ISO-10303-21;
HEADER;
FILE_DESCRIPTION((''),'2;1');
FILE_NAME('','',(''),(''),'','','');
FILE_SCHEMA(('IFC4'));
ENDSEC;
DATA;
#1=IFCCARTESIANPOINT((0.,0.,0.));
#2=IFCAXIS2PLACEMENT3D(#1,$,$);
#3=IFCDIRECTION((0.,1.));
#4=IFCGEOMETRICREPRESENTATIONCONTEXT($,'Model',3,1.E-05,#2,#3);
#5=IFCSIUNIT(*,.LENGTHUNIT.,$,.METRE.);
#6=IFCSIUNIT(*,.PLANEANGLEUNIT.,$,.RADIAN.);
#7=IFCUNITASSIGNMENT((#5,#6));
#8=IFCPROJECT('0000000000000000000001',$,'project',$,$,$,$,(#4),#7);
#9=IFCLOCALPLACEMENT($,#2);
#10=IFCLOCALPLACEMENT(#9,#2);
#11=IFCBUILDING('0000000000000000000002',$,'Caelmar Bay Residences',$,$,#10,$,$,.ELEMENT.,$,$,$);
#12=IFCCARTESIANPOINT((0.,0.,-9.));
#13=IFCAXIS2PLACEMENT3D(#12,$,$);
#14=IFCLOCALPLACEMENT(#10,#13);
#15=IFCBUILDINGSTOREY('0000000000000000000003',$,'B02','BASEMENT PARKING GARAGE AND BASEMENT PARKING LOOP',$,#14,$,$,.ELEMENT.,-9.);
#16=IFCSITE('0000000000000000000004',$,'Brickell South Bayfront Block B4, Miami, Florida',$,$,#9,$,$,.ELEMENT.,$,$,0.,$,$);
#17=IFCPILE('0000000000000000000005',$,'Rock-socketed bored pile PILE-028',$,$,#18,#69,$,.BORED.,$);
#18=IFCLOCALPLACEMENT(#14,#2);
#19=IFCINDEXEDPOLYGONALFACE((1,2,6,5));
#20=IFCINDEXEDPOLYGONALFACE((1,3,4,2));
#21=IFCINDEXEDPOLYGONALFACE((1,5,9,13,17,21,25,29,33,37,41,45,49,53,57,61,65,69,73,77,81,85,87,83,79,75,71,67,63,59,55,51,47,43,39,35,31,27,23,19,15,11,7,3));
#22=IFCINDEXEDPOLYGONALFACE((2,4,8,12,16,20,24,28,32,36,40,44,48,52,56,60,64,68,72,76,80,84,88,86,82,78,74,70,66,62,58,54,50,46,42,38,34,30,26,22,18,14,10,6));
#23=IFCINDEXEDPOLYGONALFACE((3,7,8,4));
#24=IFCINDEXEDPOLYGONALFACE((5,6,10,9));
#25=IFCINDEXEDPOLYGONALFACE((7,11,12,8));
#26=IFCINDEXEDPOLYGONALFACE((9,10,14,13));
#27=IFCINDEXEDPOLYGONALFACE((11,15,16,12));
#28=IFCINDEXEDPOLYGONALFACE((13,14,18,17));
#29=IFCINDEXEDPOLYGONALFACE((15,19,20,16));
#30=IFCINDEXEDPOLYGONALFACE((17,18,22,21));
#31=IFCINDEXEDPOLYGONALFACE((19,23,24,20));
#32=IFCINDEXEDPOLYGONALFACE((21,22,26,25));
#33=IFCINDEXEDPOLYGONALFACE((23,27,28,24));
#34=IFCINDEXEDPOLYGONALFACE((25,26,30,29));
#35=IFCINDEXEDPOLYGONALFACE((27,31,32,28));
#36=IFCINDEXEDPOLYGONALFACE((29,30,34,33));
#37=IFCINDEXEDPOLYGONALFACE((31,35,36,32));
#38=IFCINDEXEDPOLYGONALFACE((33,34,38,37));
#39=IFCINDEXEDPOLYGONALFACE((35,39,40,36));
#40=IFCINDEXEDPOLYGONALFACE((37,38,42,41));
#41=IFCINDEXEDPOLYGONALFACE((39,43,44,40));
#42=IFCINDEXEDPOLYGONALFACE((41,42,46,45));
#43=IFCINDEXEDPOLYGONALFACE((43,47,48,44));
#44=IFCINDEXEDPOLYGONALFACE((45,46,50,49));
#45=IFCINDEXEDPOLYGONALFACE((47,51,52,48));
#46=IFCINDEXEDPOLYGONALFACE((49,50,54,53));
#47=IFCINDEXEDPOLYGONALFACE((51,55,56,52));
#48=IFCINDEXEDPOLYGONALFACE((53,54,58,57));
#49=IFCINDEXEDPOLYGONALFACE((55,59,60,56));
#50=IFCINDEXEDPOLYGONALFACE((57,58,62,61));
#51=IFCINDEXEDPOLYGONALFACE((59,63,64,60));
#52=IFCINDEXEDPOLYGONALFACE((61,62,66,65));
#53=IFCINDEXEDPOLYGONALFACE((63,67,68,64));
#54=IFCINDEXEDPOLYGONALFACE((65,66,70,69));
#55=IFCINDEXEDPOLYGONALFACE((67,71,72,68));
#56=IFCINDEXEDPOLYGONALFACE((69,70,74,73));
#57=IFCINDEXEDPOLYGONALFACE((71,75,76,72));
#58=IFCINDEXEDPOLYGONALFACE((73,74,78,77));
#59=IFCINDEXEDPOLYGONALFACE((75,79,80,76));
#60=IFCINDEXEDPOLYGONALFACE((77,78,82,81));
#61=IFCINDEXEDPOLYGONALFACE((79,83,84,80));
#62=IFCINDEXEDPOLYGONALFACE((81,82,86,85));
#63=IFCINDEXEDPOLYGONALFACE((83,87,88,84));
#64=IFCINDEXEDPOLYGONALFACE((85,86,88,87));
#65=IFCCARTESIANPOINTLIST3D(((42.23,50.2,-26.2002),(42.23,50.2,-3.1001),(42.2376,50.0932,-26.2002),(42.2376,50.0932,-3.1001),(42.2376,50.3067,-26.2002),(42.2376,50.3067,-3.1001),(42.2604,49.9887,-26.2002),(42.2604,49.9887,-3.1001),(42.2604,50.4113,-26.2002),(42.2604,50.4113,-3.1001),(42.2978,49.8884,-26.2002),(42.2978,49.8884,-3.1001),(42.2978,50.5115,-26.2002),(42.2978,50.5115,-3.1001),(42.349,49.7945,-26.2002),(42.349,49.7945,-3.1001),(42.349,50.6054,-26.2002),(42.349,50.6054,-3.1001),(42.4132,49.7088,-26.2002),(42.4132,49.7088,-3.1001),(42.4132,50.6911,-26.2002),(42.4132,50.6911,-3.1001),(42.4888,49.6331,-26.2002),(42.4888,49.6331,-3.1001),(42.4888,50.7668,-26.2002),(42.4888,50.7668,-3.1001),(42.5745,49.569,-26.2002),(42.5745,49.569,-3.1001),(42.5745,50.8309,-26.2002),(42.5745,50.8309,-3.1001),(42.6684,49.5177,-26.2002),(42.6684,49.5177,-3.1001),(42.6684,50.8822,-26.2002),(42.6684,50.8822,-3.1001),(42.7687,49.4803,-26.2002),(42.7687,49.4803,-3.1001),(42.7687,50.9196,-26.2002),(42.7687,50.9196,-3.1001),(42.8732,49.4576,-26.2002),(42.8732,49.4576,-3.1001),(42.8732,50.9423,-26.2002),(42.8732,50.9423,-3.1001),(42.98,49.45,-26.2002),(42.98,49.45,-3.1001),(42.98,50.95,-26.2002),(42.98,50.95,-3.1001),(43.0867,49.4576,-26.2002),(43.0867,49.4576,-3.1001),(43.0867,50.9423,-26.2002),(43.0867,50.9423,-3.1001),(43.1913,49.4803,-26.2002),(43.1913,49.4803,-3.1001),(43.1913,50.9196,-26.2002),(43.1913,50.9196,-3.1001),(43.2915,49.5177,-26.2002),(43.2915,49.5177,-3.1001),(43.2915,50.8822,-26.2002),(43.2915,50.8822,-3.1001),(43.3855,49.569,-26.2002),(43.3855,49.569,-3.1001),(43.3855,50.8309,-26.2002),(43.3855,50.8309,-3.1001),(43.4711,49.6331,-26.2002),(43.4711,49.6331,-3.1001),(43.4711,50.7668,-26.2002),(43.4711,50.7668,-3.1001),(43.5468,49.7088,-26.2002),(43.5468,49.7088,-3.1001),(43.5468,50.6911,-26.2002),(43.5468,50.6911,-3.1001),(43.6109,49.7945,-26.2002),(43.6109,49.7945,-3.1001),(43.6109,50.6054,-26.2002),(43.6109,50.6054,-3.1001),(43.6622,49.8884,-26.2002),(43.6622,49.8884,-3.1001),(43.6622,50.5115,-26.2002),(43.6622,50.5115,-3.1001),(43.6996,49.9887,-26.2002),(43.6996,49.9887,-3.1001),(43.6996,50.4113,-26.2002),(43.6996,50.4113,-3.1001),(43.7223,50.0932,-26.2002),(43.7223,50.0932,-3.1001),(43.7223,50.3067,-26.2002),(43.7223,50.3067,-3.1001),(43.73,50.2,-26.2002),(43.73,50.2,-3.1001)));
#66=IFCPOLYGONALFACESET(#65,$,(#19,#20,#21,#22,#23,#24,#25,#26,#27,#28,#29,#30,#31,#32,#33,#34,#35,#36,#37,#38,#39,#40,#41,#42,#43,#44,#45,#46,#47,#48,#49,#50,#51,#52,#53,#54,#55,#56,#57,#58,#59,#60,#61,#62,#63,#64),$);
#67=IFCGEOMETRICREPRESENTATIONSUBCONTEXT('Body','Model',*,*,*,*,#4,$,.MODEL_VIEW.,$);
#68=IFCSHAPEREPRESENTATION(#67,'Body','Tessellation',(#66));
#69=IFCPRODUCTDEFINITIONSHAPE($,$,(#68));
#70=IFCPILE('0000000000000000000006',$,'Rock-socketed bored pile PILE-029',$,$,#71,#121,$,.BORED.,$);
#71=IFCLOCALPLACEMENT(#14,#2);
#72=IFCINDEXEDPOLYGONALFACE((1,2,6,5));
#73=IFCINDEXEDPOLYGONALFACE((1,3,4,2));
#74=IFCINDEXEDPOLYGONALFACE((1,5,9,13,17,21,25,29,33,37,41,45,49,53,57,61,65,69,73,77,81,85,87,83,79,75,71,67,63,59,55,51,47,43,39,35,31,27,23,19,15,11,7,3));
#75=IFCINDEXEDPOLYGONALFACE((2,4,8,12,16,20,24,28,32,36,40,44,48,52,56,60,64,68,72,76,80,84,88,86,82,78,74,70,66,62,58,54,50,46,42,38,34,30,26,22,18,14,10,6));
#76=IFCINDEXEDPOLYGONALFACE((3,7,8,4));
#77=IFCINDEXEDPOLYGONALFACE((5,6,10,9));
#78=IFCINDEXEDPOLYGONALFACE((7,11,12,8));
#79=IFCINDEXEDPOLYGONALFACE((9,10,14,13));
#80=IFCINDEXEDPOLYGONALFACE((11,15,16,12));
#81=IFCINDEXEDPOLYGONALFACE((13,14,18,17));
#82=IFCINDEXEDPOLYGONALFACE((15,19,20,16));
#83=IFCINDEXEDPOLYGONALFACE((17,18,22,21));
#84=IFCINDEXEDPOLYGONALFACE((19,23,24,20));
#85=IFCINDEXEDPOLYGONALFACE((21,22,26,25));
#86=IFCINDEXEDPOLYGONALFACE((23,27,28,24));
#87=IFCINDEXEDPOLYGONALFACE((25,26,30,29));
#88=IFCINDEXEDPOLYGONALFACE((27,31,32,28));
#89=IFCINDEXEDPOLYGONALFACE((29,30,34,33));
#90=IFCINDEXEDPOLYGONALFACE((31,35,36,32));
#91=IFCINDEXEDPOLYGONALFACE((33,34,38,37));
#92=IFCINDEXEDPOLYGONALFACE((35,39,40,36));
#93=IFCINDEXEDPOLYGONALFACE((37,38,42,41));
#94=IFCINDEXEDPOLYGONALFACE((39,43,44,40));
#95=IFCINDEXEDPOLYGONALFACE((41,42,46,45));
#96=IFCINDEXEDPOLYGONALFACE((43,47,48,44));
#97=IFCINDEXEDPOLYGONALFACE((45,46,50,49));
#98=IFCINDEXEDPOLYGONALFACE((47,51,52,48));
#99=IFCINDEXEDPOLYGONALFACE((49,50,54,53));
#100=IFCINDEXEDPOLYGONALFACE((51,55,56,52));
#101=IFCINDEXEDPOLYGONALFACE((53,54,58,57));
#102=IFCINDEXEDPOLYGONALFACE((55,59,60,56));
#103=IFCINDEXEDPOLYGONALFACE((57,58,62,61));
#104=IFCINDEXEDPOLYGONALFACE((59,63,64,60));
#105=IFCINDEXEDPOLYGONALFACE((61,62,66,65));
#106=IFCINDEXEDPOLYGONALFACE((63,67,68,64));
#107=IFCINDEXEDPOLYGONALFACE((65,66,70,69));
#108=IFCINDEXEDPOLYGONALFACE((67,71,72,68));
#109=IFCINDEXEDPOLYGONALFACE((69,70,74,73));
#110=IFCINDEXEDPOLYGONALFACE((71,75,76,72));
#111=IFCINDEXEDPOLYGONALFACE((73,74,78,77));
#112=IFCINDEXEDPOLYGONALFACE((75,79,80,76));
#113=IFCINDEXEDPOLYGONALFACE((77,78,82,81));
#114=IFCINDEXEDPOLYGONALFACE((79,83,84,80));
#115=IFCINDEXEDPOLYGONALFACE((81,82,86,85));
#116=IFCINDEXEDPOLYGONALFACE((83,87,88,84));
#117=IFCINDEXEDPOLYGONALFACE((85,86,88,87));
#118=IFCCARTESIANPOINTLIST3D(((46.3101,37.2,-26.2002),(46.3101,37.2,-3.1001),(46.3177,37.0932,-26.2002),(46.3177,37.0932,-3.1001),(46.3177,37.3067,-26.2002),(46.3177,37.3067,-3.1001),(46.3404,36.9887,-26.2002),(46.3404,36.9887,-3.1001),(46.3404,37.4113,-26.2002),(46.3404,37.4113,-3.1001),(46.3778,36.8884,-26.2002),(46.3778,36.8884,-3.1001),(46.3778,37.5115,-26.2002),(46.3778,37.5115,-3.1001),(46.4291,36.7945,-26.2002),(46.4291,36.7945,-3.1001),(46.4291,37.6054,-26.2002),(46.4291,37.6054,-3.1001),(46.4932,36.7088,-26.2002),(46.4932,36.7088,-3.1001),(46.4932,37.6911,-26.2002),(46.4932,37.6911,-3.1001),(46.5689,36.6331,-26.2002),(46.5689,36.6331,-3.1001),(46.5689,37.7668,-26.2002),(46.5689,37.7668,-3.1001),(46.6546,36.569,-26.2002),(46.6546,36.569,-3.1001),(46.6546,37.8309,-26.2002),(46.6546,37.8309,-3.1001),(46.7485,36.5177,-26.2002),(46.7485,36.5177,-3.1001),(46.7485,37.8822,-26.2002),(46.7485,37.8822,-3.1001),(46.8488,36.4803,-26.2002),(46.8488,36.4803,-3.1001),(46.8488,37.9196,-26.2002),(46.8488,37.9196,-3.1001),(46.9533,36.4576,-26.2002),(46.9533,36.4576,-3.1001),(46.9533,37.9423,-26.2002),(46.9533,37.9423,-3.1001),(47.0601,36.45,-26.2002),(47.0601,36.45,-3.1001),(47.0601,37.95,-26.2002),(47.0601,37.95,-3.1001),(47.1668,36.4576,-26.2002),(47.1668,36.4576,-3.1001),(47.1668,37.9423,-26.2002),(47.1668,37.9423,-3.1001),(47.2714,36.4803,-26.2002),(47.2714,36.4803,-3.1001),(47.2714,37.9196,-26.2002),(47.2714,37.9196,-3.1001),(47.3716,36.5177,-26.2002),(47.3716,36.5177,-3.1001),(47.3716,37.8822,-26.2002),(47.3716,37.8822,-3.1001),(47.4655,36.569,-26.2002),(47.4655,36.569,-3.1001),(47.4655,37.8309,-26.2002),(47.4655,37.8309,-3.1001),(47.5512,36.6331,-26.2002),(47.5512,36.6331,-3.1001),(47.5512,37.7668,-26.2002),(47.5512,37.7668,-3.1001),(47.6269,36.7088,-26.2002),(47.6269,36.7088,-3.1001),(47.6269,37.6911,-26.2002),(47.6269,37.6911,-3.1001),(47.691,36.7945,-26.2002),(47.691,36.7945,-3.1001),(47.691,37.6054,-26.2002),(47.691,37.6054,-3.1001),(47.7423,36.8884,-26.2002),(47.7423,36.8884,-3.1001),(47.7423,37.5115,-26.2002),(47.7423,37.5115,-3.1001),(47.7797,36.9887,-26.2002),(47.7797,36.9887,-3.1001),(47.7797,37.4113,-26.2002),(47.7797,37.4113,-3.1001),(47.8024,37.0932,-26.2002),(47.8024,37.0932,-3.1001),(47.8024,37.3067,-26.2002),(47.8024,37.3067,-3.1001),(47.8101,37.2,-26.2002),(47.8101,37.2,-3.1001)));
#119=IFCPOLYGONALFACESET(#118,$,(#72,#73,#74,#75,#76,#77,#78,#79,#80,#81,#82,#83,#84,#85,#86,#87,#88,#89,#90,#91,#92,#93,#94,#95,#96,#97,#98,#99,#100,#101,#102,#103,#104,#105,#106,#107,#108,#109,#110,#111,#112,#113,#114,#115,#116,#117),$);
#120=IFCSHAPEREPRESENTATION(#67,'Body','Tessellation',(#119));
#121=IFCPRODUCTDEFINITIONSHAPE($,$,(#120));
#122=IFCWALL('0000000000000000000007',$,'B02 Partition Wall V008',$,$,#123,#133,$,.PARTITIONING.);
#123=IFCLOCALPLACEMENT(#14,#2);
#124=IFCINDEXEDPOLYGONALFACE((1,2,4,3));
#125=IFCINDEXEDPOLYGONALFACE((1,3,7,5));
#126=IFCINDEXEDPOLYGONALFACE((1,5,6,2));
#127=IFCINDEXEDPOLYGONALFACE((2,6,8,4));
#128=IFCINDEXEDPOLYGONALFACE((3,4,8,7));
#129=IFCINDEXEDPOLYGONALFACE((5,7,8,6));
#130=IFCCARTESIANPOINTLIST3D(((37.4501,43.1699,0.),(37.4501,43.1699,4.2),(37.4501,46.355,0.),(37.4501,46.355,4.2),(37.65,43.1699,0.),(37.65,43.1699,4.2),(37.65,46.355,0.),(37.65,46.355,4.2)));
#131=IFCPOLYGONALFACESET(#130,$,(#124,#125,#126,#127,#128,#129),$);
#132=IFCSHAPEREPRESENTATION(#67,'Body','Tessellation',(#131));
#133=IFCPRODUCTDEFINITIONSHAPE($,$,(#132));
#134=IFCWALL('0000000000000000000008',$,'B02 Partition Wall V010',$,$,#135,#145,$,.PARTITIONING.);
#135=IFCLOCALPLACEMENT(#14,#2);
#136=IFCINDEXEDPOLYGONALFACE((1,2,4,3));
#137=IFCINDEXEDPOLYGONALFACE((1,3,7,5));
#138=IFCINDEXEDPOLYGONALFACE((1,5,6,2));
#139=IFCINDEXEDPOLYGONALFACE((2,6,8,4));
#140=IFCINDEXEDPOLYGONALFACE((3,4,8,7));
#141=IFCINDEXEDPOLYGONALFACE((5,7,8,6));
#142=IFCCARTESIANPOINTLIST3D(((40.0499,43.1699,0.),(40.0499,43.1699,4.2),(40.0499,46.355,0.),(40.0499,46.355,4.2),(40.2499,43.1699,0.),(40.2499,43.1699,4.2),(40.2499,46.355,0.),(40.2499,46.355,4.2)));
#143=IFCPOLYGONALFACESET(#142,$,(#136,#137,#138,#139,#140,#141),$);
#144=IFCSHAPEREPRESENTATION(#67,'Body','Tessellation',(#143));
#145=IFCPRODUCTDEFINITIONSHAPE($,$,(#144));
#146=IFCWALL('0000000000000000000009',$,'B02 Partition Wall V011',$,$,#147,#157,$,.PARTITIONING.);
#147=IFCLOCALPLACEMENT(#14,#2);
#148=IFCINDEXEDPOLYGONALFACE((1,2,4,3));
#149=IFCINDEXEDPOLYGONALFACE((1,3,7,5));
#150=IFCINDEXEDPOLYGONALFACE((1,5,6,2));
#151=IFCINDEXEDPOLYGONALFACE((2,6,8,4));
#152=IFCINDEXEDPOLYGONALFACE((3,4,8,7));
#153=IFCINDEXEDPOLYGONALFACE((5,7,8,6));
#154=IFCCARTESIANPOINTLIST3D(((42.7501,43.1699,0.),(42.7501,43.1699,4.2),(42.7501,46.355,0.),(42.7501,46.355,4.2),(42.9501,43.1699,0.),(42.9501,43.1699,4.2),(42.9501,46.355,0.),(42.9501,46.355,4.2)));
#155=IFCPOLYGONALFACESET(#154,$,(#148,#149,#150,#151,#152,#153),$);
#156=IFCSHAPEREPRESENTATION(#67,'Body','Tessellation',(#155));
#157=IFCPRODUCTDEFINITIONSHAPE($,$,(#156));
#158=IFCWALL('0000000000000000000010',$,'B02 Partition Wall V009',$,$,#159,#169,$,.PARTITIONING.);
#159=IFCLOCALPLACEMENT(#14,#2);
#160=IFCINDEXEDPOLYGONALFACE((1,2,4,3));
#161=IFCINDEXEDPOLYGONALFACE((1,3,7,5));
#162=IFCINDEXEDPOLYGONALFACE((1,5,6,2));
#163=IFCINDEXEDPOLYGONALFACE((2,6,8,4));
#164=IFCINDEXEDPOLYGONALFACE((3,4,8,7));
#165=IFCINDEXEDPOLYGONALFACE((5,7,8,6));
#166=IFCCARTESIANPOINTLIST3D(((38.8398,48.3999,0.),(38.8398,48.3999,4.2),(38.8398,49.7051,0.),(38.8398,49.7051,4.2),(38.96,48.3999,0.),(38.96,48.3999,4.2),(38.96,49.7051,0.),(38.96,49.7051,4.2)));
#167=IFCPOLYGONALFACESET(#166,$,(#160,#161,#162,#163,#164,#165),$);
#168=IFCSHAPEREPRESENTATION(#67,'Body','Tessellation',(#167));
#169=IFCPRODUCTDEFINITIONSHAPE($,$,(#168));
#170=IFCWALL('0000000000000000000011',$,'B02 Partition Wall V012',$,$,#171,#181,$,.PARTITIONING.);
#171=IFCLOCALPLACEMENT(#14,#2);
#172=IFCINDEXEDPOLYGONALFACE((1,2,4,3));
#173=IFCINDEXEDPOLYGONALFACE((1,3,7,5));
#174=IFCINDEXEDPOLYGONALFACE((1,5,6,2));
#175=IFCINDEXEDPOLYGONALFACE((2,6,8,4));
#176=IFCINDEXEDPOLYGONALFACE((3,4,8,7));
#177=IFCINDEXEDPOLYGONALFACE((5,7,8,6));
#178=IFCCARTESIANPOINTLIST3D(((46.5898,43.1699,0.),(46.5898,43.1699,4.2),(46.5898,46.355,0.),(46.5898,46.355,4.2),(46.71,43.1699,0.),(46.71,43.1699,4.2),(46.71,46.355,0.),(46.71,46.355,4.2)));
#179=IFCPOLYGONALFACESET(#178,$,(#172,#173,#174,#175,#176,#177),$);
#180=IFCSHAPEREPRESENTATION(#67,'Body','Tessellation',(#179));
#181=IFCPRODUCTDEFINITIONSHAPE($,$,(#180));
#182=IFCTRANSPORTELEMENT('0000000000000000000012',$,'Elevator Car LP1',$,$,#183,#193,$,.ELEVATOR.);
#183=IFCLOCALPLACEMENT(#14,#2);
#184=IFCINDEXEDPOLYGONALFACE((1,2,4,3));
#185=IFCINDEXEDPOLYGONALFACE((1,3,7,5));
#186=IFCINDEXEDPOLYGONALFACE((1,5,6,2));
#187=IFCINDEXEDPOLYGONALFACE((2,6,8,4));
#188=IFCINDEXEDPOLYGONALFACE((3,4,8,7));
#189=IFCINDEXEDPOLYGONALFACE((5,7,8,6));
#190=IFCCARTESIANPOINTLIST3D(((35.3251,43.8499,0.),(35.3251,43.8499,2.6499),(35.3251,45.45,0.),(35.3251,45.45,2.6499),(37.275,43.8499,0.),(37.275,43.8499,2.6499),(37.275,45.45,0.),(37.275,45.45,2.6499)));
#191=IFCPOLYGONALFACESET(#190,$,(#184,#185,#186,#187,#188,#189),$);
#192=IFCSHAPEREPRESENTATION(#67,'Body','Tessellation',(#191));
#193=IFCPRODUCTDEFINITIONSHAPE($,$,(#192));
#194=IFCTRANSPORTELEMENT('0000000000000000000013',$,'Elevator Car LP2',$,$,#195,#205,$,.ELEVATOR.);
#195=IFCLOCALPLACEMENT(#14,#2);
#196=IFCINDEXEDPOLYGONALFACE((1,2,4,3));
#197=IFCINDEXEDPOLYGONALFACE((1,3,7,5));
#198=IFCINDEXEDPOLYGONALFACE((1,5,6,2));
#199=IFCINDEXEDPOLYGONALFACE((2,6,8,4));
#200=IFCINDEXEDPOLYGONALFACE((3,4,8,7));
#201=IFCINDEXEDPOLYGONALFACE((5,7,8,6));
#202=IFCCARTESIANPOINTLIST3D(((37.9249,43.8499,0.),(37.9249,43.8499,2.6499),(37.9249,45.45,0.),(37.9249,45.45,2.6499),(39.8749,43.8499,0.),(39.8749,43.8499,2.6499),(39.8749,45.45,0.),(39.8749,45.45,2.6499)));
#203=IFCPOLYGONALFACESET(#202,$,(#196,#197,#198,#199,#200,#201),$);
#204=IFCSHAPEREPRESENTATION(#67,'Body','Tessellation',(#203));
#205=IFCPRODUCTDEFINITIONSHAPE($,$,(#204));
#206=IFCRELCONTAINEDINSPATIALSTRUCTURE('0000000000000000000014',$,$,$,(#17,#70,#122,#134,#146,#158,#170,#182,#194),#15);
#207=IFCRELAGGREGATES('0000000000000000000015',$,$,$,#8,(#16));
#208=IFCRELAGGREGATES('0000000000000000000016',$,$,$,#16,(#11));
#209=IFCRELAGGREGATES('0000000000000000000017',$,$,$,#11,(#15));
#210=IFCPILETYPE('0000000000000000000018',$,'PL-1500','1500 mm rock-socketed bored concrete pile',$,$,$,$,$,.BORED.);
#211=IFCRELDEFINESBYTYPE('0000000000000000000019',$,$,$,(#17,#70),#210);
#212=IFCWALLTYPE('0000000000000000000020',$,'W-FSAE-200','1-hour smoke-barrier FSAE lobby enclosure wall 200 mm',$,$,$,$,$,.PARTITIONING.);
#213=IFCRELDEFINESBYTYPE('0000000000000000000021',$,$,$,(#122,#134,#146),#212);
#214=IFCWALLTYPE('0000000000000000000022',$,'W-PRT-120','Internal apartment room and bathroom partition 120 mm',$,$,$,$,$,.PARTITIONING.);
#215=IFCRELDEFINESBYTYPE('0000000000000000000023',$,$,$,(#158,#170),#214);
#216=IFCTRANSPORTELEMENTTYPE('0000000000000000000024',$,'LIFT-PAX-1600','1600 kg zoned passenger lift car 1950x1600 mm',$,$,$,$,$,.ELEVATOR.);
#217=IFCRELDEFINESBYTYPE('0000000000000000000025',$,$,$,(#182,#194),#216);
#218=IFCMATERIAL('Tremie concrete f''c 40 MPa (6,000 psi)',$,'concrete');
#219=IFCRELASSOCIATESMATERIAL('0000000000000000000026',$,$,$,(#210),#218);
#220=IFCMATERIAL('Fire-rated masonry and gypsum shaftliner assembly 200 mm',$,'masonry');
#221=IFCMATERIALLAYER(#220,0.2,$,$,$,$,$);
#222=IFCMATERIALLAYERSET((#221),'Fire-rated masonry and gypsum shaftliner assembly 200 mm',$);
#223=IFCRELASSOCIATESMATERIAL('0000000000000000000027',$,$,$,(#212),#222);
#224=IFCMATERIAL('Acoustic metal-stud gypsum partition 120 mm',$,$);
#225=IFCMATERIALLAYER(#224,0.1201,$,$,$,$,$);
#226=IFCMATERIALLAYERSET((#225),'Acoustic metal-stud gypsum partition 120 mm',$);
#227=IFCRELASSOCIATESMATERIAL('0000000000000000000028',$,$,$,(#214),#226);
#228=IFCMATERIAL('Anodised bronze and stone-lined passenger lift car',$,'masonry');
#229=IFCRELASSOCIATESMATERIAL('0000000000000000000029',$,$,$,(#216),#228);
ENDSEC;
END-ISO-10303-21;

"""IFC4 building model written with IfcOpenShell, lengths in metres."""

from ifc_helpers import new_model, si_unit, direction, frame, frame_2d, origin, origin_2d, place, context, subcontext, project, spatial, rectangle, circle, extrude, material, layer, layer_set, material_profile, profile_set, type_object, element, save


model = new_model("IFC4")

# Units and contexts
model_context = context("Model", 3, precision=1e-05, world=origin(), true_north=direction((0.0, 1.0)))
body_context = subcontext(model_context, "Body", "Model", "MODEL_VIEW")
ifc_project = project(units=[si_unit("LENGTHUNIT", "METRE"), si_unit("PLANEANGLEUNIT", "RADIAN")], contexts=[model_context])

# Site, building, storey
site_placement = place(None, origin())
site = spatial("IfcSite", under=ifc_project, at=site_placement, Name="Brickell South Bayfront Block B4, Miami, Florida", CompositionType="ELEMENT", RefElevation=0.0)
building_placement = place(site_placement, origin())
building = spatial("IfcBuilding", under=site, at=building_placement, Name="Caelmar Bay Residences", CompositionType="ELEMENT")
storey_placement = place(building_placement, frame((0.0, 0.0, -9.0)))
storey = spatial("IfcBuildingStorey", under=building, at=storey_placement, Name="B02", Description="BASEMENT PARKING GARAGE AND BASEMENT PARKING LOOP", CompositionType="ELEMENT", Elevation=-9.0)

# Piles
ifc_material_1 = material(Name="Tremie concrete f'c 40 MPa (6,000 psi)", Category="concrete")
ifc_material_profile_1 = material_profile(ifc_material_1, circle(Radius=0.75, at=origin_2d()), Name="PILE-1500D")
ifc_profile_set_1 = profile_set([ifc_material_profile_1], Name="Tremie concrete f'c 40 MPa (6,000 psi)")
pile_type_1 = type_object("IfcPileType", Name="PL-1500", Description="1500 mm rock-socketed bored concrete pile", PredefinedType="BORED", material=ifc_profile_set_1)
for number, where, z_axis, x_axis, name in (
    (1, (42.98, 50.2, -3.1001), (0.0, 0.0, -1.0), (1.0, 0.0, 0.0), "Rock-socketed bored pile PILE-028"),
    (2, (47.0601, 37.2, -3.1001), (0.0, 0.0, -1.0), (1.0, 0.0, 0.0), "Rock-socketed bored pile PILE-029"),
):
    element("IfcPile", number, at=place(storey_placement, frame(where, z_axis=z_axis, x_axis=x_axis)), inside=storey, type_object=pile_type_1, Name=name, PredefinedType="BORED", context=body_context, shape_type="SweptSolid", body=[
        extrude(circle(Radius=0.75, at=origin_2d()), origin(), (0.0, 0.0, 1.0), 23.1001),
    ])

# Walls
ifc_material_2 = material(Name="Fire-rated masonry and gypsum shaftliner assembly 200 mm", Category="masonry")
ifc_layer_1 = layer(ifc_material_2, 0.2)
ifc_layer_set_1 = layer_set([ifc_layer_1], Name="Fire-rated masonry and gypsum shaftliner assembly 200 mm")
wall_type_1 = type_object("IfcWallType", Name="W-FSAE-200", Description="1-hour smoke-barrier FSAE lobby enclosure wall 200 mm", PredefinedType="PARTITIONING", material=ifc_layer_set_1)
for number, where, z_axis, x_axis, name in (
    (3, (37.55, 43.1699, 0.0), (0.0, 0.0, 1.0), (0.0, 1.0, 0.0), "B02 Partition Wall V008"),
    (4, (40.1499, 43.1699, 0.0), (0.0, 0.0, 1.0), (0.0, 1.0, 0.0), "B02 Partition Wall V010"),
    (5, (42.8501, 43.1699, 0.0), (0.0, 0.0, 1.0), (0.0, 1.0, 0.0), "B02 Partition Wall V011"),
):
    element("IfcWall", number, at=place(storey_placement, frame(where, z_axis=z_axis, x_axis=x_axis)), inside=storey, type_object=wall_type_1, Name=name, PredefinedType="PARTITIONING", context=body_context, shape_type="SweptSolid", body=[
        extrude(rectangle(XDim=3.1851, YDim=0.2, at=frame_2d((1.5925, 0.0))), origin(), (0.0, 0.0, 1.0), 4.2),
    ])
ifc_material_3 = material(Name="Acoustic metal-stud gypsum partition 120 mm")
ifc_layer_2 = layer(ifc_material_3, 0.1201)
ifc_layer_set_2 = layer_set([ifc_layer_2], Name="Acoustic metal-stud gypsum partition 120 mm")
wall_type_2 = type_object("IfcWallType", Name="W-PRT-120", Description="Internal apartment room and bathroom partition 120 mm", PredefinedType="PARTITIONING", material=ifc_layer_set_2)
wall_1_placement = place(storey_placement, frame((38.8999, 48.3999, 0.0), z_axis=(0.0, 0.0, 1.0), x_axis=(0.0, 1.0, 0.0)))
element("IfcWall", 6, at=wall_1_placement, inside=storey, type_object=wall_type_2, Name="B02 Partition Wall V009", PredefinedType="PARTITIONING", context=body_context, shape_type="SweptSolid", body=[
    extrude(rectangle(XDim=1.3052, YDim=0.1201, at=frame_2d((0.6526, 0.0))), origin(), (0.0, 0.0, 1.0), 4.2),
])
wall_2_placement = place(storey_placement, frame((46.6499, 43.1699, 0.0), z_axis=(0.0, 0.0, 1.0), x_axis=(0.0, 1.0, 0.0)))
element("IfcWall", 7, at=wall_2_placement, inside=storey, type_object=wall_type_2, Name="B02 Partition Wall V012", PredefinedType="PARTITIONING", context=body_context, shape_type="SweptSolid", body=[
    extrude(rectangle(XDim=3.1851, YDim=0.1201, at=frame_2d((1.5925, 0.0))), origin(), (0.0, 0.0, 1.0), 4.2),
])

# Transport elements
ifc_material_4 = material(Name="Anodised bronze and stone-lined passenger lift car", Category="masonry")
transport_element_type = type_object("IfcTransportElementType", Name="LIFT-PAX-1600", Description="1600 kg zoned passenger lift car 1950x1600 mm", PredefinedType="ELEVATOR", material=ifc_material_4)
for number, where, z_axis, x_axis, name in (
    (8, (36.3, 44.6499, 0.0), (0.0, 0.0, 1.0), (1.0, 0.0, 0.0), "Elevator Car LP1"),
    (9, (38.8999, 44.6499, 0.0), (0.0, 0.0, 1.0), (1.0, 0.0, 0.0), "Elevator Car LP2"),
):
    element("IfcTransportElement", number, at=place(storey_placement, frame(where, z_axis=z_axis, x_axis=x_axis)), inside=storey, type_object=transport_element_type, Name=name, PredefinedType="ELEVATOR", context=body_context, shape_type="SweptSolid", body=[
        extrude(rectangle(XDim=1.95, YDim=1.6001, at=origin_2d()), origin(), (0.0, 0.0, 1.0), 2.6499),
    ])

save(model, "model.ifc")
